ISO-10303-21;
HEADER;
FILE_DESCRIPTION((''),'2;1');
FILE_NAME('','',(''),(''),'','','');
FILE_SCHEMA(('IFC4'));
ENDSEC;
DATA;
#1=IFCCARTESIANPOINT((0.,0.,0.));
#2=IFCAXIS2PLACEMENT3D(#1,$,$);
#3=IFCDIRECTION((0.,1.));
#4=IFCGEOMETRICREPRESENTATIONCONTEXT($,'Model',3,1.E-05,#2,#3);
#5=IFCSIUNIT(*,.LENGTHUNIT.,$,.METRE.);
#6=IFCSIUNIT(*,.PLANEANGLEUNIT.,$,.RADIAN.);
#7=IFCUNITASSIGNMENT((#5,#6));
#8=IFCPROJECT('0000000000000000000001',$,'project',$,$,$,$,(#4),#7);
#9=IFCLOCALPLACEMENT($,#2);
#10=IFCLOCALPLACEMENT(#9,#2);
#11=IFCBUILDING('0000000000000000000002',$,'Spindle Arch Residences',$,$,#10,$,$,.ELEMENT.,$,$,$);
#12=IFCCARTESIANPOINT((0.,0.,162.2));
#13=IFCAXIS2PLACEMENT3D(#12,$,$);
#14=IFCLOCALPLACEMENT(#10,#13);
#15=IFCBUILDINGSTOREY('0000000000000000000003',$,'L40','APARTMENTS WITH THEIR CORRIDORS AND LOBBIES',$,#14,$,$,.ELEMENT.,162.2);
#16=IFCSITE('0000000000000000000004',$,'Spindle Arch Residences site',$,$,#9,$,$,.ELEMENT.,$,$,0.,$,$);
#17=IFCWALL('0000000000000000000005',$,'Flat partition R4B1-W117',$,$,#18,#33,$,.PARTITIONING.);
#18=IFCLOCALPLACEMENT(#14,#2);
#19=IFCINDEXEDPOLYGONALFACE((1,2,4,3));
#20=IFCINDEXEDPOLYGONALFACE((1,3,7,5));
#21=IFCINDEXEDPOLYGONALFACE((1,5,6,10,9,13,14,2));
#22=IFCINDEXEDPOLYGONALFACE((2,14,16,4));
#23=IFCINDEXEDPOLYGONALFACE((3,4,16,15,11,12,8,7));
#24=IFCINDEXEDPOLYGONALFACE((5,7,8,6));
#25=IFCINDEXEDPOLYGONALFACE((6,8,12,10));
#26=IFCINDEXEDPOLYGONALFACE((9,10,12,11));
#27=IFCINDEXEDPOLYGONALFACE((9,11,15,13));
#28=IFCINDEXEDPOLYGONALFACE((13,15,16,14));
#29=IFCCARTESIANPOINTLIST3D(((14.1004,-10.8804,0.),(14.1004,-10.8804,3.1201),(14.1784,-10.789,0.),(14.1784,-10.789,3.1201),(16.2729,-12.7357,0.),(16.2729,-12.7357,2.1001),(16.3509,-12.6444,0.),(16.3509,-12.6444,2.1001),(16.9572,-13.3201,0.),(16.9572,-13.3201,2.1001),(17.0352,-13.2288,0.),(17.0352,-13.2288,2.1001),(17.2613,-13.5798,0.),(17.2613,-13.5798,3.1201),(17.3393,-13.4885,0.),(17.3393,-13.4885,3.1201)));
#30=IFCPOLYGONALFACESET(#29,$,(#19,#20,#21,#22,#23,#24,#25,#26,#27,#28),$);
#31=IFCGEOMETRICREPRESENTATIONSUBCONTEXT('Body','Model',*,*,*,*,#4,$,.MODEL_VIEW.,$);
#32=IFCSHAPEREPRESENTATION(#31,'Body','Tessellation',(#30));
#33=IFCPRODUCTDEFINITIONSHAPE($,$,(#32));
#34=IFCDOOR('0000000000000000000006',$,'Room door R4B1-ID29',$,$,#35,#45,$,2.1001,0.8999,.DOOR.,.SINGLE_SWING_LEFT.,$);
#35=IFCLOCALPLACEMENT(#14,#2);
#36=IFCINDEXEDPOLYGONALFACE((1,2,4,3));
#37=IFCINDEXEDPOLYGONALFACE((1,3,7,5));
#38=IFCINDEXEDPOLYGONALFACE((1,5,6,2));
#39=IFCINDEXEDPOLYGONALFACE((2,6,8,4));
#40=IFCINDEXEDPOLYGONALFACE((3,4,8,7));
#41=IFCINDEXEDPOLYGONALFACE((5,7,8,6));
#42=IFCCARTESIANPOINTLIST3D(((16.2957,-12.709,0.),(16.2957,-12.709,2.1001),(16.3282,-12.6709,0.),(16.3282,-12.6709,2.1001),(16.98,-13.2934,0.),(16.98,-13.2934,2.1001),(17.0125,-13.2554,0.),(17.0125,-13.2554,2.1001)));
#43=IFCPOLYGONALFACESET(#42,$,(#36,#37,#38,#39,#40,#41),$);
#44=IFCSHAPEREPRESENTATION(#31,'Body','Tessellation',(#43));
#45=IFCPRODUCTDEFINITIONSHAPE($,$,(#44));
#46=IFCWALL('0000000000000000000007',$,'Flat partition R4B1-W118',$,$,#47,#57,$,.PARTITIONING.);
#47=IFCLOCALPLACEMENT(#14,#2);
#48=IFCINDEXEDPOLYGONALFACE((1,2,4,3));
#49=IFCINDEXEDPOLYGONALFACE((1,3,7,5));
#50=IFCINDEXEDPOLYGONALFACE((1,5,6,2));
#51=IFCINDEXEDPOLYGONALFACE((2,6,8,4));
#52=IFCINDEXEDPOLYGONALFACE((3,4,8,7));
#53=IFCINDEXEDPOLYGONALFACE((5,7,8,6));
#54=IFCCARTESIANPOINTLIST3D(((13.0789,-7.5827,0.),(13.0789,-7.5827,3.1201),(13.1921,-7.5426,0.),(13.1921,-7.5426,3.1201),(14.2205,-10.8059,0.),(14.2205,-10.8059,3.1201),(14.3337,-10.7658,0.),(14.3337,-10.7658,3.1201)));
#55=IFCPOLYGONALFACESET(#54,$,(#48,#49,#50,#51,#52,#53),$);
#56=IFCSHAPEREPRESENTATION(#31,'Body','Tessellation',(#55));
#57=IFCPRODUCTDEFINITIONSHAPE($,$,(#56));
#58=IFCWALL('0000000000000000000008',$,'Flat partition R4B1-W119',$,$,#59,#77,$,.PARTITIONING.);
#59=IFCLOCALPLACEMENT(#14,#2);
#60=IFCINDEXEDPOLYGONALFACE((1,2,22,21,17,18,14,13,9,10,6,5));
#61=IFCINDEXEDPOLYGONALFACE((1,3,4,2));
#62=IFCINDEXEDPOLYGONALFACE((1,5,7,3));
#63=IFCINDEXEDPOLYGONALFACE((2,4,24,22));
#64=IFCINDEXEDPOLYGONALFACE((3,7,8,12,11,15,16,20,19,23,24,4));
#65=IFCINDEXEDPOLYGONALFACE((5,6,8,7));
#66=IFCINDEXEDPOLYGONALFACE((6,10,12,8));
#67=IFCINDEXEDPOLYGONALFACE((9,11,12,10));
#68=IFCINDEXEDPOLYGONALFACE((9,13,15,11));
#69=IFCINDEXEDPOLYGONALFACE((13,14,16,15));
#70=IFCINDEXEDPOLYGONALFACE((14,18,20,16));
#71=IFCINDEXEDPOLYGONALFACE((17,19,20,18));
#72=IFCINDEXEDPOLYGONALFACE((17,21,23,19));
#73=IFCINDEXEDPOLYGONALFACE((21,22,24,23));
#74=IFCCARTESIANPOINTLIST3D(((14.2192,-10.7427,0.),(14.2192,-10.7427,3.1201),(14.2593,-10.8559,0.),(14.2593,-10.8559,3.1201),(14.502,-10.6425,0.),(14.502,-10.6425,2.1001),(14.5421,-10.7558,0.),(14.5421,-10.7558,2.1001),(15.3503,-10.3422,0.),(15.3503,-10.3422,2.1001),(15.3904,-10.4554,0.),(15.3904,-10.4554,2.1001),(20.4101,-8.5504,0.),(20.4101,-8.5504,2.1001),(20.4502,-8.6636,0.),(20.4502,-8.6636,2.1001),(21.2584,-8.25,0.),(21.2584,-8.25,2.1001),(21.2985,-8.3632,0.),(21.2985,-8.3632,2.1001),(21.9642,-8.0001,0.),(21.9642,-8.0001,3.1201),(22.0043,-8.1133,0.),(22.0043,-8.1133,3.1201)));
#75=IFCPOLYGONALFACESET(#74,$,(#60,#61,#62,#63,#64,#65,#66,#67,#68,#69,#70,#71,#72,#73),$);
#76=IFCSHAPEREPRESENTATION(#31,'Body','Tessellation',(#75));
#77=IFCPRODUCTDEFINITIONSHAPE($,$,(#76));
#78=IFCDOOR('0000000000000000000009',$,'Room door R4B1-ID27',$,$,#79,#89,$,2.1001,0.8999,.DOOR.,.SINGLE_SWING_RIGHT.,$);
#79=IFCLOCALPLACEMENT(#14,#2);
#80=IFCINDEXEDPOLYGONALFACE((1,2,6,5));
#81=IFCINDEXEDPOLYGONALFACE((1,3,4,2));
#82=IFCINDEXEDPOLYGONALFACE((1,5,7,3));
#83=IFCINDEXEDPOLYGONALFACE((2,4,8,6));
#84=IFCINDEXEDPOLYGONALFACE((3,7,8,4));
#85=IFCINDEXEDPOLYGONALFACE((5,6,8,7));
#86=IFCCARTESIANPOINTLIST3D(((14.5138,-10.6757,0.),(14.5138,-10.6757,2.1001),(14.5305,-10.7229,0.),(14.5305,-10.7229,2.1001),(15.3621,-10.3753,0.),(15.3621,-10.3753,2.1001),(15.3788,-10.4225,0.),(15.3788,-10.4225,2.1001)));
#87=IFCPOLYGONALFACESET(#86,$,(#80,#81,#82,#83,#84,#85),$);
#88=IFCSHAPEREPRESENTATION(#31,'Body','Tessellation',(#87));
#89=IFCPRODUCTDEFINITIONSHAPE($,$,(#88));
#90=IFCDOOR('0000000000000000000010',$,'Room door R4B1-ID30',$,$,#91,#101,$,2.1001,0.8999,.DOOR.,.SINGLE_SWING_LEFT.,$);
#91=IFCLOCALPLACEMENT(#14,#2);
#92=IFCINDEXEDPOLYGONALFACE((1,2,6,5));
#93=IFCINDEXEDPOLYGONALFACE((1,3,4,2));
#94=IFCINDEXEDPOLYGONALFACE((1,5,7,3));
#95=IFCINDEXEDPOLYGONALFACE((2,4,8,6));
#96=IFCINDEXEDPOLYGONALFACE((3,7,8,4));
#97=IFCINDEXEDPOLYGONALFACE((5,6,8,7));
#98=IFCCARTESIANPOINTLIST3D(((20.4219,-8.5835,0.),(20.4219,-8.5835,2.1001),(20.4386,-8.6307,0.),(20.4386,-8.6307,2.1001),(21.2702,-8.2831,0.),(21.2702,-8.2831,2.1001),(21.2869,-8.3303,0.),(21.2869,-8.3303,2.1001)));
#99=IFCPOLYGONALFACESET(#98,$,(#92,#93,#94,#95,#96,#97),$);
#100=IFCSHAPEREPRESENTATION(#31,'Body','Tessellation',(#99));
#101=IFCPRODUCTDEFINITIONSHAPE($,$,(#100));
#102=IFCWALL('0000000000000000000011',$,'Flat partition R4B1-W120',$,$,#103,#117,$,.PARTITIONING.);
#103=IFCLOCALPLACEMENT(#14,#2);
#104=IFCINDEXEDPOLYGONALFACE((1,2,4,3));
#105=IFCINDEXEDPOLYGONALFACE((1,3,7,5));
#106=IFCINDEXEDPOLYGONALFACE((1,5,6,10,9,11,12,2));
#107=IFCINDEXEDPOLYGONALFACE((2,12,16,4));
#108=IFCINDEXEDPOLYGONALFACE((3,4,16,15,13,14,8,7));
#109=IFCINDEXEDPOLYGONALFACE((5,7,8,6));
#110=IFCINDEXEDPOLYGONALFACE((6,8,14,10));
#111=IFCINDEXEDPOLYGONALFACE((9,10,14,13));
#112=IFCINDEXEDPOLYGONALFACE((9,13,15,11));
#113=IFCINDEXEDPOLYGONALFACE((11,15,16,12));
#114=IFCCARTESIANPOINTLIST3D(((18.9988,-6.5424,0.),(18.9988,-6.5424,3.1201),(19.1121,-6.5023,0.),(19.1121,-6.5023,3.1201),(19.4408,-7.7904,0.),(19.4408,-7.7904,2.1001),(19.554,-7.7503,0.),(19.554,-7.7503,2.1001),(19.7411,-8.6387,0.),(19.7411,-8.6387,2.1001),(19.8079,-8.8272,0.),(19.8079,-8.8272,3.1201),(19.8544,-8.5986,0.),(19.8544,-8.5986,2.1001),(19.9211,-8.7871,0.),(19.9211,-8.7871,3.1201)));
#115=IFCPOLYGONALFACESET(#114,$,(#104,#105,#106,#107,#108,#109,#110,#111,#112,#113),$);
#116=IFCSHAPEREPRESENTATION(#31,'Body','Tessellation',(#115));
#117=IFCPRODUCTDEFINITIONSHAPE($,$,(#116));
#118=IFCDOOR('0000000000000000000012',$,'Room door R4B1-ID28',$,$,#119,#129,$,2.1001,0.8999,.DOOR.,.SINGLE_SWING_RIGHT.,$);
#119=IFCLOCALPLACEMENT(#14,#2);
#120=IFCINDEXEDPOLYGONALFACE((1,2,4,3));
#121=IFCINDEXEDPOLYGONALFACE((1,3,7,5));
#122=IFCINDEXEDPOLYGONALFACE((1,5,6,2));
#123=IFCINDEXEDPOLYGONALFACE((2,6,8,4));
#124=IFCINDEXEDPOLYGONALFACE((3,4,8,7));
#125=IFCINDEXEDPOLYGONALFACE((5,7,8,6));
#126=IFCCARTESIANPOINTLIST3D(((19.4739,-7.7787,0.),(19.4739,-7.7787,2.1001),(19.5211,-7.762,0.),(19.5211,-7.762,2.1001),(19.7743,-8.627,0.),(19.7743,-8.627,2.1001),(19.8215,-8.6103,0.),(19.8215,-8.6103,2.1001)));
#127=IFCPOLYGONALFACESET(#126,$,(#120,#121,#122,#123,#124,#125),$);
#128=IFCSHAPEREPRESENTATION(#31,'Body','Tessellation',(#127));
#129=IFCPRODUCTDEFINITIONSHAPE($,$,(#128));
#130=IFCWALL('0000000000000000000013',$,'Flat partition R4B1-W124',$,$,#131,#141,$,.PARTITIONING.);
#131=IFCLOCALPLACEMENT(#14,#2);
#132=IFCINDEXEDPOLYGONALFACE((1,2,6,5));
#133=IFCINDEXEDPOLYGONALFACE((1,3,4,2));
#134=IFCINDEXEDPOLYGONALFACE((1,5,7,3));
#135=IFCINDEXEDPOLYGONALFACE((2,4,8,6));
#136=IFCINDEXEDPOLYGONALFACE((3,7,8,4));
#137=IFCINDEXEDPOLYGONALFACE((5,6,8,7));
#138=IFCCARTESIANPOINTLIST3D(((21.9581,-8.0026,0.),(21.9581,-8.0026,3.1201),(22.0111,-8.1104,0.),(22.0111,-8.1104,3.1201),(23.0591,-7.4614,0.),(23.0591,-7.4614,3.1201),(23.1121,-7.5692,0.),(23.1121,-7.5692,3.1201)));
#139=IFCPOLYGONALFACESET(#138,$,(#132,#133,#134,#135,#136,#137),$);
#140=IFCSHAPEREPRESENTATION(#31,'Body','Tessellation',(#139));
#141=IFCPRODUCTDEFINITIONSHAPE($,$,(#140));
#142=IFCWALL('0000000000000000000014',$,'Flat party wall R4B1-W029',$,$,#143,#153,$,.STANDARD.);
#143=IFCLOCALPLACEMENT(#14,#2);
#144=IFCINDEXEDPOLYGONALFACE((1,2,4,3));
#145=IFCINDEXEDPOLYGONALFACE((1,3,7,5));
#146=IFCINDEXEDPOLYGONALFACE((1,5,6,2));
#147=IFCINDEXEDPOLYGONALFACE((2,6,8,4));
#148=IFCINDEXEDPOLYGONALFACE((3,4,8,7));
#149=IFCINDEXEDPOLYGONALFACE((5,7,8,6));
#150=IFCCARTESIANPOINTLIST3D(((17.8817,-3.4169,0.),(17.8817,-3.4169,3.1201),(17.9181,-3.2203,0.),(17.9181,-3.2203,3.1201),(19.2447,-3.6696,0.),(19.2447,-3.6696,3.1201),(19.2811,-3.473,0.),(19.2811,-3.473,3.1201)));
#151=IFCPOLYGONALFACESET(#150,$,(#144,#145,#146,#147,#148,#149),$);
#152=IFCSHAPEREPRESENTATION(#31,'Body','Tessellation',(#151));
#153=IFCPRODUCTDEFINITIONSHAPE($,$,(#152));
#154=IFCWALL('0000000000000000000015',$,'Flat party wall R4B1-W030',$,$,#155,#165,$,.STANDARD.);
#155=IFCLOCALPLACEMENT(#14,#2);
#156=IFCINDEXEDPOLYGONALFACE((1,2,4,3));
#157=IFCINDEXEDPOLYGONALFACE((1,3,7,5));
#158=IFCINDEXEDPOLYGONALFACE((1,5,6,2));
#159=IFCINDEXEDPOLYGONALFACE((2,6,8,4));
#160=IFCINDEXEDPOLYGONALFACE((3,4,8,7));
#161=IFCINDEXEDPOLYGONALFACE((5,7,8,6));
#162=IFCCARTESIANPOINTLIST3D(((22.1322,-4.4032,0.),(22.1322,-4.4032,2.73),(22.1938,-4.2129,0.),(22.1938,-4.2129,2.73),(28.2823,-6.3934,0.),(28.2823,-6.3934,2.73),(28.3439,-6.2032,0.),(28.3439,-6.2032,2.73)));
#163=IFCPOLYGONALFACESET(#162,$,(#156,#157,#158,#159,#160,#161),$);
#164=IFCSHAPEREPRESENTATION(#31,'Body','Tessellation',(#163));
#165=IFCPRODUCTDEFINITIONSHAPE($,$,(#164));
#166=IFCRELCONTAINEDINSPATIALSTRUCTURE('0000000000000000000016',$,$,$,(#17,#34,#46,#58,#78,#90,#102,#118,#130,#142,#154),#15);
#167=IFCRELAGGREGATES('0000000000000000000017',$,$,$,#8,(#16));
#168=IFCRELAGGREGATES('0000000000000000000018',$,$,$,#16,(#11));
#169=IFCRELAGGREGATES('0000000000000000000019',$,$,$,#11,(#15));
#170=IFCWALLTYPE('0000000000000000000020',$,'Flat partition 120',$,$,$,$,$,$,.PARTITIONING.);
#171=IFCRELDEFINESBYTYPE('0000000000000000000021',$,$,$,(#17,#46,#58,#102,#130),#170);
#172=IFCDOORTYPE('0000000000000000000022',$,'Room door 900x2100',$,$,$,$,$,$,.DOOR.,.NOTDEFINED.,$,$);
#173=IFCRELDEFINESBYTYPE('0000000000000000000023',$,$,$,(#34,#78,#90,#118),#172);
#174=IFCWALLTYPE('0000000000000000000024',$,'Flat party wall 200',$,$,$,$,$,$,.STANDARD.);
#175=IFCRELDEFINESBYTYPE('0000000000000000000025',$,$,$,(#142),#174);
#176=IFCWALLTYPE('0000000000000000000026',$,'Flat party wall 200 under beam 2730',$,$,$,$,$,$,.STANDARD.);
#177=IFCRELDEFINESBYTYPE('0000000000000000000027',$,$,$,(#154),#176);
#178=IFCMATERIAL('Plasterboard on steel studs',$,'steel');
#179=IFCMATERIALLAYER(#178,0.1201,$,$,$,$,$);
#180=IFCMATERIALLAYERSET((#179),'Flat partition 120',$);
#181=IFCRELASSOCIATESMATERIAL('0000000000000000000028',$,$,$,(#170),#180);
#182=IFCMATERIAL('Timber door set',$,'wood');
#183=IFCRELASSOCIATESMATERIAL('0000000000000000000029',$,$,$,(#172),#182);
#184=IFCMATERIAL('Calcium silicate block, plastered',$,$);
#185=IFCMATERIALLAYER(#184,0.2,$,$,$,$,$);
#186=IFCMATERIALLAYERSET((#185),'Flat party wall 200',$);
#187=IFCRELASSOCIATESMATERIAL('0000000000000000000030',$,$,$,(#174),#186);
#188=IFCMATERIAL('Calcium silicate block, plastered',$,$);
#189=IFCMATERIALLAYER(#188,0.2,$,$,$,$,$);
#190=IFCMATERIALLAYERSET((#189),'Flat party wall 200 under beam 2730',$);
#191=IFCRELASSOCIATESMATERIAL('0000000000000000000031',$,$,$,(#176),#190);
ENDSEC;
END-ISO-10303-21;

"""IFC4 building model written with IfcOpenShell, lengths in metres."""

from ifc_helpers import new_model, si_unit, direction, frame, frame_2d, origin, place, context, subcontext, project, spatial, rectangle, extrude, material, layer, layer_set, type_object, element, fill, save


model = new_model("IFC4")

# Units and contexts
model_context = context("Model", 3, precision=1e-05, world=origin(), true_north=direction((0.0, 1.0)))
body_context = subcontext(model_context, "Body", "Model", "MODEL_VIEW")
ifc_project = project(units=[si_unit("LENGTHUNIT", "METRE"), si_unit("PLANEANGLEUNIT", "RADIAN")], contexts=[model_context])

# Site, building, storey
site_placement = place(None, origin())
site = spatial("IfcSite", under=ifc_project, at=site_placement, Name="Spindle Arch Residences site", CompositionType="ELEMENT", RefElevation=0.0)
building_placement = place(site_placement, origin())
building = spatial("IfcBuilding", under=site, at=building_placement, Name="Spindle Arch Residences", CompositionType="ELEMENT")
storey_placement = place(building_placement, frame((0.0, 0.0, 162.2)))
storey = spatial("IfcBuildingStorey", under=building, at=storey_placement, Name="L40", Description="APARTMENTS WITH THEIR CORRIDORS AND LOBBIES", CompositionType="ELEMENT", Elevation=162.2)

# Shared definitions
ifc_material_1 = material(Name="Plasterboard on steel studs", Category="steel")
ifc_layer_1 = layer(ifc_material_1, 0.1201)
ifc_layer_set_1 = layer_set([ifc_layer_1], Name="Flat partition 120")
wall_type_1 = type_object("IfcWallType", Name="Flat partition 120", PredefinedType="PARTITIONING", material=ifc_layer_set_1)
ifc_material_2 = material(Name="Timber door set", Category="wood")
door_type = type_object("IfcDoorType", Name="Room door 900x2100", OperationType="NOTDEFINED", PredefinedType="DOOR", material=ifc_material_2)

# Wall, opening, door
wall_1_placement = place(storey_placement, frame((17.3003, -13.5342, 0.0), z_axis=(0.0, 0.0, 1.0), x_axis=(-0.760429, 0.649421, 0.0)))
wall_1 = element("IfcWall", 1, at=wall_1_placement, inside=storey, type_object=wall_type_1, Name="Flat partition R4B1-W117", PredefinedType="PARTITIONING", context=body_context, shape_type="SweptSolid", body=[
    extrude(rectangle(XDim=4.1567, YDim=0.1201, at=frame_2d((2.0784, 0.0))), origin(), (0.0, 0.0, 1.0), 3.1201),
])
opening_1_placement = place(wall_1_placement, frame((0.3999, 0.0, 0.0)))
opening_1 = element("IfcOpeningElement", 2, at=opening_1_placement, cuts=wall_1, PredefinedType="OPENING", context=body_context, shape_type="SweptSolid", body=[
    extrude(rectangle(XDim=0.8999, YDim=2.1001, at=frame_2d((0.45, 1.05))), frame((0.0, 0.0701, 0.0), z_axis=(0.0, -1.0, 0.0), x_axis=(1.0, 0.0, 0.0)), (0.0, 0.0, 1.0), 0.1401),
])
door_1_placement = place(opening_1_placement, origin())
door_1 = element("IfcDoor", 3, at=door_1_placement, inside=storey, type_object=door_type, Name="Room door R4B1-ID29", OperationType="SINGLE_SWING_LEFT", OverallHeight=2.1001, OverallWidth=0.8999, PredefinedType="DOOR", context=body_context, shape_type="SweptSolid", body=[
    extrude(rectangle(XDim=0.8999, YDim=2.1001, at=frame_2d((0.45, 1.05))), frame((0.0, 0.0249, 0.0), z_axis=(0.0, -1.0, 0.0), x_axis=(1.0, 0.0, 0.0)), (0.0, 0.0, 1.0), 0.05),
])
fill(opening_1, door_1)

# Wall
wall_2_placement = place(storey_placement, frame((14.2771, -10.7859, 0.0), z_axis=(0.0, 0.0, 1.0), x_axis=(-0.333866, 0.942621, 0.0)))
element("IfcWall", 4, at=wall_2_placement, inside=storey, type_object=wall_type_1, Name="Flat partition R4B1-W118", PredefinedType="PARTITIONING", context=body_context, shape_type="SweptSolid", body=[
    extrude(rectangle(XDim=3.4194, YDim=0.1201, at=frame_2d((1.7097, 0.0))), origin(), (0.0, 0.0, 1.0), 3.1201),
])

# Wall, openings, doors
wall_3_placement = place(storey_placement, frame((14.2393, -10.7993, 0.0), z_axis=(0.0, 0.0, 1.0), x_axis=(0.942642, 0.333805, 0.0)))
wall_3 = element("IfcWall", 5, at=wall_3_placement, inside=storey, type_object=wall_type_1, Name="Flat partition R4B1-W119", PredefinedType="PARTITIONING", context=body_context, shape_type="SweptSolid", body=[
    extrude(rectangle(XDim=8.2163, YDim=0.1201, at=frame_2d((4.1082, 0.0))), origin(), (0.0, 0.0, 1.0), 3.1201),
])
opening_2_placement = place(wall_3_placement, frame((0.3, 0.0, 0.0)))
opening_2 = element("IfcOpeningElement", 6, at=opening_2_placement, cuts=wall_3, PredefinedType="OPENING", context=body_context, shape_type="SweptSolid", body=[
    extrude(rectangle(XDim=0.8999, YDim=2.1001, at=frame_2d((0.45, 1.05))), frame((0.0, 0.0701, 0.0), z_axis=(0.0, -1.0, 0.0), x_axis=(1.0, 0.0, 0.0)), (0.0, 0.0, 1.0), 0.1401),
])
opening_3_placement = place(wall_3_placement, frame((6.5676, 0.0, 0.0)))
opening_3 = element("IfcOpeningElement", 7, at=opening_3_placement, cuts=wall_3, PredefinedType="OPENING", context=body_context, shape_type="SweptSolid", body=[
    extrude(rectangle(XDim=0.8999, YDim=2.1001, at=frame_2d((0.45, 1.05))), frame((0.0, 0.0701, 0.0), z_axis=(0.0, -1.0, 0.0), x_axis=(1.0, 0.0, 0.0)), (0.0, 0.0, 1.0), 0.1401),
])
door_2_placement = place(opening_2_placement, origin())
door_2 = element("IfcDoor", 8, at=door_2_placement, inside=storey, type_object=door_type, Name="Room door R4B1-ID27", OperationType="SINGLE_SWING_RIGHT", OverallHeight=2.1001, OverallWidth=0.8999, PredefinedType="DOOR", context=body_context, shape_type="SweptSolid", body=[
    extrude(rectangle(XDim=0.8999, YDim=2.1001, at=frame_2d((0.45, 1.05))), frame((0.0, 0.0249, 0.0), z_axis=(0.0, -1.0, 0.0), x_axis=(1.0, 0.0, 0.0)), (0.0, 0.0, 1.0), 0.05),
])
fill(opening_2, door_2)
door_3_placement = place(opening_3_placement, origin())
door_3 = element("IfcDoor", 9, at=door_3_placement, inside=storey, type_object=door_type, Name="Room door R4B1-ID30", OperationType="SINGLE_SWING_LEFT", OverallHeight=2.1001, OverallWidth=0.8999, PredefinedType="DOOR", context=body_context, shape_type="SweptSolid", body=[
    extrude(rectangle(XDim=0.8999, YDim=2.1001, at=frame_2d((0.45, 1.05))), frame((0.0, 0.0249, 0.0), z_axis=(0.0, -1.0, 0.0), x_axis=(1.0, 0.0, 0.0)), (0.0, 0.0, 1.0), 0.05),
])
fill(opening_3, door_3)

# Wall, opening, door
wall_4_placement = place(storey_placement, frame((19.8645, -8.8071, 0.0), z_axis=(0.0, 0.0, 1.0), x_axis=(-0.333789, 0.942648, 0.0)))
wall_4 = element("IfcWall", 10, at=wall_4_placement, inside=storey, type_object=wall_type_1, Name="Flat partition R4B1-W120", PredefinedType="PARTITIONING", context=body_context, shape_type="SweptSolid", body=[
    extrude(rectangle(XDim=2.4238, YDim=0.1201, at=frame_2d((1.2119, 0.0))), origin(), (0.0, 0.0, 1.0), 3.1201),
])
opening_4_placement = place(wall_4_placement, frame((0.2, 0.0, 0.0)))
opening_4 = element("IfcOpeningElement", 11, at=opening_4_placement, cuts=wall_4, PredefinedType="OPENING", context=body_context, shape_type="SweptSolid", body=[
    extrude(rectangle(XDim=0.8999, YDim=2.1001, at=frame_2d((0.45, 1.05))), frame((0.0, 0.0701, 0.0), z_axis=(0.0, -1.0, 0.0), x_axis=(1.0, 0.0, 0.0)), (0.0, 0.0, 1.0), 0.1401),
])
door_4_placement = place(opening_4_placement, origin())
door_4 = element("IfcDoor", 12, at=door_4_placement, inside=storey, type_object=door_type, Name="Room door R4B1-ID28", OperationType="SINGLE_SWING_RIGHT", OverallHeight=2.1001, OverallWidth=0.8999, PredefinedType="DOOR", context=body_context, shape_type="SweptSolid", body=[
    extrude(rectangle(XDim=0.8999, YDim=2.1001, at=frame_2d((0.45, 1.05))), frame((0.0, 0.0249, 0.0), z_axis=(0.0, -1.0, 0.0), x_axis=(1.0, 0.0, 0.0)), (0.0, 0.0, 1.0), 0.05),
])
fill(opening_4, door_4)

# Walls
wall_5_placement = place(storey_placement, frame((23.0854, -7.5154, 0.0), z_axis=(0.0, 0.0, 1.0), x_axis=(-0.897431, -0.441154, 0.0)))
element("IfcWall", 13, at=wall_5_placement, inside=storey, type_object=wall_type_1, Name="Flat partition R4B1-W124", PredefinedType="PARTITIONING", context=body_context, shape_type="SweptSolid", body=[
    extrude(rectangle(XDim=1.2268, YDim=0.1201, at=frame_2d((0.6133, 0.0))), origin(), (0.0, 0.0, 1.0), 3.1201),
])
ifc_material_3 = material(Name="Calcium silicate block, plastered")
ifc_layer_2 = layer(ifc_material_3, 0.2)
ifc_layer_set_2 = layer_set([ifc_layer_2], Name="Flat party wall 200")
wall_type_2 = type_object("IfcWallType", Name="Flat party wall 200", PredefinedType="STANDARD", material=ifc_layer_set_2)
wall_6_placement = place(storey_placement, frame((17.8999, -3.3186, 0.0), z_axis=(0.0, 0.0, 1.0), x_axis=(0.983247, -0.182278, 0.0)))
element("IfcWall", 14, at=wall_6_placement, inside=storey, type_object=wall_type_2, Name="Flat party wall R4B1-W029", PredefinedType="STANDARD", context=body_context, shape_type="SweptSolid", body=[
    extrude(rectangle(XDim=1.3862, YDim=0.2, at=frame_2d((0.6931, 0.0))), origin(), (0.0, 0.0, 1.0), 3.1201),
])
ifc_material_4 = material(Name="Calcium silicate block, plastered")
ifc_layer_3 = layer(ifc_material_4, 0.2)
ifc_layer_set_3 = layer_set([ifc_layer_3], Name="Flat party wall 200 under beam 2730")
wall_type_3 = type_object("IfcWallType", Name="Flat party wall 200 under beam 2730", PredefinedType="STANDARD", material=ifc_layer_set_3)
wall_7_placement = place(storey_placement, frame((22.1631, -4.3081, 0.0), z_axis=(0.0, 0.0, 1.0), x_axis=(0.951423, -0.307888, 0.0)))
element("IfcWall", 15, at=wall_7_placement, inside=storey, type_object=wall_type_3, Name="Flat party wall R4B1-W030", PredefinedType="STANDARD", context=body_context, shape_type="SweptSolid", body=[
    extrude(rectangle(XDim=6.4641, YDim=0.2, at=frame_2d((3.2319, 0.0))), origin(), (0.0, 0.0, 1.0), 2.73),
])

save(model, "model.ifc")
